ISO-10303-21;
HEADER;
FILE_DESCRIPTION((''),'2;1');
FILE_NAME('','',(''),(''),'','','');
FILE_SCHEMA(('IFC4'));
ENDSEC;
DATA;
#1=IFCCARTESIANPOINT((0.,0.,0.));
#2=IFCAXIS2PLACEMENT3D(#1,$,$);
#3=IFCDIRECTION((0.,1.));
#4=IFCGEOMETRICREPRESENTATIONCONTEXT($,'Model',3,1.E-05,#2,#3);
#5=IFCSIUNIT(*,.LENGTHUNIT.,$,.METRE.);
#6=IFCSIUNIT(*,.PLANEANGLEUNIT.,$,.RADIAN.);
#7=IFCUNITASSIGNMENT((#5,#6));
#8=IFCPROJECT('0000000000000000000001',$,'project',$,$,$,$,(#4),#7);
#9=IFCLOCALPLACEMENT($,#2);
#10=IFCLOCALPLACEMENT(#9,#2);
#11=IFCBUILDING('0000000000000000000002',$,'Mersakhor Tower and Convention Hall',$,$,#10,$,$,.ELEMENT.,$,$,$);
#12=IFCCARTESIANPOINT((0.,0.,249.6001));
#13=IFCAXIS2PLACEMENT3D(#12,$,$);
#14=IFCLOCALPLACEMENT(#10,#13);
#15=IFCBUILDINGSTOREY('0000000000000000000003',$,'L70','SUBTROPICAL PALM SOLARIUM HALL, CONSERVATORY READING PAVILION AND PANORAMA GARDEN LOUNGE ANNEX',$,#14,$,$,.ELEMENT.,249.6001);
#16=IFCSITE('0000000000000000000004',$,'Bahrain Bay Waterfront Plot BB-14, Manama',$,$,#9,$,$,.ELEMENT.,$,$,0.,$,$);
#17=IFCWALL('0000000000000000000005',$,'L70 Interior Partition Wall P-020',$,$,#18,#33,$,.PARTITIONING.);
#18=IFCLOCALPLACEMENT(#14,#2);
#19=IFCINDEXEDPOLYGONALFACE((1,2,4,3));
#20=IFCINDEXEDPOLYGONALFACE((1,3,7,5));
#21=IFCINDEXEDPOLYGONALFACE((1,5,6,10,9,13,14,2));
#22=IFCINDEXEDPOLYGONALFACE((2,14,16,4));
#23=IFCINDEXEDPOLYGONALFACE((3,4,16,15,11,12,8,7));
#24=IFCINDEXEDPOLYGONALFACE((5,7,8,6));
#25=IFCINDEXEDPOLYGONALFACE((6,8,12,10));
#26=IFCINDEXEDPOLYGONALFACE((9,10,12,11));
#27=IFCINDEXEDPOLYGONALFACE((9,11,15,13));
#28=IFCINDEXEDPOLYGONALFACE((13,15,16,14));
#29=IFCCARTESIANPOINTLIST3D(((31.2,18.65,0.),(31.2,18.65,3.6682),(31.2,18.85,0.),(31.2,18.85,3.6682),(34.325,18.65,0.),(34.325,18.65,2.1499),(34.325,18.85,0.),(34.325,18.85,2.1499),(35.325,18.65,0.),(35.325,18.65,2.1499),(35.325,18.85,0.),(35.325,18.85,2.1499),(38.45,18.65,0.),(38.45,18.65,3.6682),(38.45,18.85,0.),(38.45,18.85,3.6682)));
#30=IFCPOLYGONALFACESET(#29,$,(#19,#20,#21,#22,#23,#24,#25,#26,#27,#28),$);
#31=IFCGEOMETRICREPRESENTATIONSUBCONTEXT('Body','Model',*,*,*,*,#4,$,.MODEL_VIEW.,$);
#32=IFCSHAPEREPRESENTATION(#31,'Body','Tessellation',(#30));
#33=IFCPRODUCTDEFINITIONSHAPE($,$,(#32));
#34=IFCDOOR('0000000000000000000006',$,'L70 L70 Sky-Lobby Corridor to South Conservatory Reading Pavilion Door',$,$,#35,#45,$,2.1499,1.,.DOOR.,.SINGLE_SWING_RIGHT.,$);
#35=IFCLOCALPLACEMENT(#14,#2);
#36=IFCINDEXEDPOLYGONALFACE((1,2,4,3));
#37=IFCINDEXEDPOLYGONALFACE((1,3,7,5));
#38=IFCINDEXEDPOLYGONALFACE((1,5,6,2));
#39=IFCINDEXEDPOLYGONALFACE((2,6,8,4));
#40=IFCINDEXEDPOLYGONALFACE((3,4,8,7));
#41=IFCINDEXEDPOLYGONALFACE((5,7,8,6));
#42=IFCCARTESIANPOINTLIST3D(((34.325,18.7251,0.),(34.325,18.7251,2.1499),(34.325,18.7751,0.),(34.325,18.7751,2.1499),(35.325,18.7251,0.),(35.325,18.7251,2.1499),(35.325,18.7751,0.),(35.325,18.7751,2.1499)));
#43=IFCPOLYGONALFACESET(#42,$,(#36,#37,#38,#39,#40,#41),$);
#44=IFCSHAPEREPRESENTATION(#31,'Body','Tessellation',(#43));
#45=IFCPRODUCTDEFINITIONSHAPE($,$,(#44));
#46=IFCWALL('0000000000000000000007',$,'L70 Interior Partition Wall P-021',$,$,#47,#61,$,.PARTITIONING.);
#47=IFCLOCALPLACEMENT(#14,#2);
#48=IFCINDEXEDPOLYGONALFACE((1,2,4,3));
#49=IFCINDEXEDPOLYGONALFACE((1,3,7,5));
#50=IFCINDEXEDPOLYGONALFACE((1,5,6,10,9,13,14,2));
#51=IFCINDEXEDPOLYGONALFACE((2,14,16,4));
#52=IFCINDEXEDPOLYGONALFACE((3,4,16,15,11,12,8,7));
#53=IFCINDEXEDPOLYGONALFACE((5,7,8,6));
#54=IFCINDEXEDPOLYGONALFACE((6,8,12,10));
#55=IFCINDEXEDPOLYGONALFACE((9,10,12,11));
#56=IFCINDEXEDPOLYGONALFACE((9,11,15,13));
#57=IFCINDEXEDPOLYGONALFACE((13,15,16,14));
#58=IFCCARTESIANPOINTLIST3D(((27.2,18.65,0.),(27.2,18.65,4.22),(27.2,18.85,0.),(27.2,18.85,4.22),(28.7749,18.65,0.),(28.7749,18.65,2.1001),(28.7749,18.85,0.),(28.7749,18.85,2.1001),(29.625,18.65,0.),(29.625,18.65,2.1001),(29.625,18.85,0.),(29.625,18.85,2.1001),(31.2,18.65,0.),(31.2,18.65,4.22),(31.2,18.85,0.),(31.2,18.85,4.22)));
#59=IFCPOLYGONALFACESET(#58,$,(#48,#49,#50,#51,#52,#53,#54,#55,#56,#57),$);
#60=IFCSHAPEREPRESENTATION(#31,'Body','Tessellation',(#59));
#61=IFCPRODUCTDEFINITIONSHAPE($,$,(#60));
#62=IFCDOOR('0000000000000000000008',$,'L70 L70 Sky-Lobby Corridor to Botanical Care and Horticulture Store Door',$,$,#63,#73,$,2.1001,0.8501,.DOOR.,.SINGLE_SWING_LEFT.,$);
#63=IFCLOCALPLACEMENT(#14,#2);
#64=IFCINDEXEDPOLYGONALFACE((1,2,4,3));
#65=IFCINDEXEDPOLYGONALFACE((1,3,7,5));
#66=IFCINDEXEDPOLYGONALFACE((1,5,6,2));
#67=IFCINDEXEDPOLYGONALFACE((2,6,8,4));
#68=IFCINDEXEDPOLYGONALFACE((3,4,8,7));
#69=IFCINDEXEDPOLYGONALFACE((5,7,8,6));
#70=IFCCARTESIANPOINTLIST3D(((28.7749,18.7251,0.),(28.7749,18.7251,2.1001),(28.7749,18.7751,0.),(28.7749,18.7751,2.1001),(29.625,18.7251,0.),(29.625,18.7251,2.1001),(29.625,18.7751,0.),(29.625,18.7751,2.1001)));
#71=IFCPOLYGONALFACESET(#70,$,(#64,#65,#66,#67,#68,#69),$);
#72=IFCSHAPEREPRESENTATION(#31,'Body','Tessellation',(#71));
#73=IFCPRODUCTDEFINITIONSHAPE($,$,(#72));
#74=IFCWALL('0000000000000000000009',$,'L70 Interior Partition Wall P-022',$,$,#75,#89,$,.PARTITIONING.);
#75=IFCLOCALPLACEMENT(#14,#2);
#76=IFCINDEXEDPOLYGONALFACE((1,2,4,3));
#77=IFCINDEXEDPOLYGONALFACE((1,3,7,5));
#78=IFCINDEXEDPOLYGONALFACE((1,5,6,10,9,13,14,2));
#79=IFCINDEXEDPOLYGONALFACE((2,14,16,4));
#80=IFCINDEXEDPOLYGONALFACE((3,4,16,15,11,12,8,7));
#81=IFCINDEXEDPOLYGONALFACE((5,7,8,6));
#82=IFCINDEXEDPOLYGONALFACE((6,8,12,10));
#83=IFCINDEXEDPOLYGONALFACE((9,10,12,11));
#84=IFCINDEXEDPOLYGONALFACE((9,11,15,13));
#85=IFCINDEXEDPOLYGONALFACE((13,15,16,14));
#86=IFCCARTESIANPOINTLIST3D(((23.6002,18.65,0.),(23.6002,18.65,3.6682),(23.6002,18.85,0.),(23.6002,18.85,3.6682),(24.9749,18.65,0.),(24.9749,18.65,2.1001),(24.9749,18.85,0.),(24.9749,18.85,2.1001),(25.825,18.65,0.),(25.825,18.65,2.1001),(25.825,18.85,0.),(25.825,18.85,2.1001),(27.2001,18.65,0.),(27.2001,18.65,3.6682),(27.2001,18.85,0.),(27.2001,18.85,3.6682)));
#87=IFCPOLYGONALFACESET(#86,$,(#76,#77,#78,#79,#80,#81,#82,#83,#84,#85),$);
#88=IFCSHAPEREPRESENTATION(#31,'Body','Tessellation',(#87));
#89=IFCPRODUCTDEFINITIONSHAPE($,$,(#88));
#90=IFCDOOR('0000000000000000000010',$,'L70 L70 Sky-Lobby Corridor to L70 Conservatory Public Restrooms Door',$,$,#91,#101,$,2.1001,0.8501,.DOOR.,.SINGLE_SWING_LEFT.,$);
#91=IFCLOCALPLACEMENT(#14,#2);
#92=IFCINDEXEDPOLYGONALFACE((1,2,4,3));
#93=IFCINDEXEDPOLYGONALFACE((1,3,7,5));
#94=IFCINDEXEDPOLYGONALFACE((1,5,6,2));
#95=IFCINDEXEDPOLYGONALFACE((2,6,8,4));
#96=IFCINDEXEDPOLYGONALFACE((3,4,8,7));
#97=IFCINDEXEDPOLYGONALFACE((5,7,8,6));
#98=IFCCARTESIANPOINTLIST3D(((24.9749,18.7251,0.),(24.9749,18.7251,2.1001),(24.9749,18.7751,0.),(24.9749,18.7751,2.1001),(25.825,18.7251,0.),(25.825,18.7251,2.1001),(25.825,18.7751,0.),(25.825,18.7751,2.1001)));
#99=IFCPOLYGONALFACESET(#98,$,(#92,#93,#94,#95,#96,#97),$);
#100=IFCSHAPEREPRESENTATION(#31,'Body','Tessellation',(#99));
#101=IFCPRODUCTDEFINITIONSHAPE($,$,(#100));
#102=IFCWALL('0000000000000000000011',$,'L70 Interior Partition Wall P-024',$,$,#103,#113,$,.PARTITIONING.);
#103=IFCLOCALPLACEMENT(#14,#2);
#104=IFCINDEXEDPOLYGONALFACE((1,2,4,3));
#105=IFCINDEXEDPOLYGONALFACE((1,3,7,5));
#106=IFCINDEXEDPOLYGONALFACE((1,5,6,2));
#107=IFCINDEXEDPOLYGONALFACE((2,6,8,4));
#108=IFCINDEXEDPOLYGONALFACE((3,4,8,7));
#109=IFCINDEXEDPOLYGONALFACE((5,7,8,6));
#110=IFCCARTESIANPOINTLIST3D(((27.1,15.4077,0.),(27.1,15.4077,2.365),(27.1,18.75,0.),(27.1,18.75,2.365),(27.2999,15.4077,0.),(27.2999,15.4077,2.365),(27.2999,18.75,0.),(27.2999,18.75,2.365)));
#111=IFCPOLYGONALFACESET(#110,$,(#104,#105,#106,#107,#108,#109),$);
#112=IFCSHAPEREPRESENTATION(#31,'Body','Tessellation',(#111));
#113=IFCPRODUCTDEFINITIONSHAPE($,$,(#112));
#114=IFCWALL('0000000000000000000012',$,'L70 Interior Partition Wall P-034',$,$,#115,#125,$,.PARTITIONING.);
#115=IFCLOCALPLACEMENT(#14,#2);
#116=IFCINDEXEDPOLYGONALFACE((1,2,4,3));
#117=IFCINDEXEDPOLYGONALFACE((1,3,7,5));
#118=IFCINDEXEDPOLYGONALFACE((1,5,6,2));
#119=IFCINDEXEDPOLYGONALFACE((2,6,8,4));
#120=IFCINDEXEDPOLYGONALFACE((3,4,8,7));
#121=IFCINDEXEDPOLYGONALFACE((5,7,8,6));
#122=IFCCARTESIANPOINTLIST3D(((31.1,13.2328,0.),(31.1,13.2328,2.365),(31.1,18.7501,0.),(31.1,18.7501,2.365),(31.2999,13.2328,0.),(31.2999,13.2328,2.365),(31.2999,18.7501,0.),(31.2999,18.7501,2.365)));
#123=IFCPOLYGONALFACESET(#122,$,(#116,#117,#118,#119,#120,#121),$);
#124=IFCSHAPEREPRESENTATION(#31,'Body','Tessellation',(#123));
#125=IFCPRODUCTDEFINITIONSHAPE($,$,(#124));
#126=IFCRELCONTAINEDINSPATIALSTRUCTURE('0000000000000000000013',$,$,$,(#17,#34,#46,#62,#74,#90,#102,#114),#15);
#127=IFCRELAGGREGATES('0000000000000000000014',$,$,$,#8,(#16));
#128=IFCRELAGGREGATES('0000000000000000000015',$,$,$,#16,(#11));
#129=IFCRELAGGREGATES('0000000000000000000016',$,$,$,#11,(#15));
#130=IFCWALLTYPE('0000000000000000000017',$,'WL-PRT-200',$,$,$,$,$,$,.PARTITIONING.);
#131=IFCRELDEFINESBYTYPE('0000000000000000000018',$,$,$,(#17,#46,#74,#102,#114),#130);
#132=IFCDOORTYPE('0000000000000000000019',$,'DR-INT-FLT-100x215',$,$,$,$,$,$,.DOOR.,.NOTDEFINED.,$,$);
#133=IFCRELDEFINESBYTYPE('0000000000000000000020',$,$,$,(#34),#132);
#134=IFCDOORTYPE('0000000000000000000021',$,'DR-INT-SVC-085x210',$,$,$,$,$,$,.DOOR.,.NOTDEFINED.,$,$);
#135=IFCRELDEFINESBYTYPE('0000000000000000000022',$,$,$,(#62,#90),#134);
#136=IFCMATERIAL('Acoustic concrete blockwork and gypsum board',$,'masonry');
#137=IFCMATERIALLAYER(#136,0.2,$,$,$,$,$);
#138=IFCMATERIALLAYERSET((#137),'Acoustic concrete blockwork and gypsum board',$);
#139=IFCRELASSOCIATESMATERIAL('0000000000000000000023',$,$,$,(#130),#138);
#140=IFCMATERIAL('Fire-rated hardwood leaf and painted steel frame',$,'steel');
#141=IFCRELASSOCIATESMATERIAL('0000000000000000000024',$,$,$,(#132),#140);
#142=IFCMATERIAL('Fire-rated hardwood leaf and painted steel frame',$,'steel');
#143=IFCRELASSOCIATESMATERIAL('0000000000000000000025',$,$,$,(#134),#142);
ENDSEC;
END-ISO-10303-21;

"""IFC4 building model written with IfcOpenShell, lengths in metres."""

from ifc_helpers import new_model, si_unit, direction, frame, frame_2d, origin, place, context, subcontext, project, spatial, rectangle, extrude, material, layer, layer_set, type_object, element, fill, save


model = new_model("IFC4")

# Units and contexts
model_context = context("Model", 3, precision=1e-05, world=origin(), true_north=direction((0.0, 1.0)))
body_context = subcontext(model_context, "Body", "Model", "MODEL_VIEW")
ifc_project = project(units=[si_unit("LENGTHUNIT", "METRE"), si_unit("PLANEANGLEUNIT", "RADIAN")], contexts=[model_context])

# Site, building, storey
site_placement = place(None, origin())
site = spatial("IfcSite", under=ifc_project, at=site_placement, Name="Bahrain Bay Waterfront Plot BB-14, Manama", CompositionType="ELEMENT", RefElevation=0.0)
building_placement = place(site_placement, origin())
building = spatial("IfcBuilding", under=site, at=building_placement, Name="Mersakhor Tower and Convention Hall", CompositionType="ELEMENT")
storey_placement = place(building_placement, frame((0.0, 0.0, 249.6001)))
storey = spatial("IfcBuildingStorey", under=building, at=storey_placement, Name="L70", Description="SUBTROPICAL PALM SOLARIUM HALL, CONSERVATORY READING PAVILION AND PANORAMA GARDEN LOUNGE ANNEX", CompositionType="ELEMENT", Elevation=249.6001)

# Walls, openings, doors
ifc_material_1 = material(Name="Acoustic concrete blockwork and gypsum board", Category="masonry")
ifc_layer_1 = layer(ifc_material_1, 0.2)
ifc_layer_set_1 = layer_set([ifc_layer_1], Name="Acoustic concrete blockwork and gypsum board")
wall_type_1 = type_object("IfcWallType", Name="WL-PRT-200", PredefinedType="PARTITIONING", material=ifc_layer_set_1)
wall_1_placement = place(storey_placement, frame((38.45, 18.75, 0.0), z_axis=(0.0, 0.0, 1.0), x_axis=(-1.0, 0.0, 0.0)))
wall_1 = element("IfcWall", 1, at=wall_1_placement, inside=storey, type_object=wall_type_1, Name="L70 Interior Partition Wall P-020", PredefinedType="PARTITIONING", context=body_context, shape_type="SweptSolid", body=[
    extrude(rectangle(XDim=7.25, YDim=0.2, at=frame_2d((3.625, 0.0))), origin(), (0.0, 0.0, 1.0), 3.6682),
])
opening_1_placement = place(wall_1_placement, frame((3.125, 0.0, 0.0)))
opening_1 = element("IfcOpeningElement", 2, at=opening_1_placement, cuts=wall_1, PredefinedType="OPENING", context=body_context, shape_type="SweptSolid", body=[
    extrude(rectangle(XDim=1.0, YDim=2.1499, at=frame_2d((0.5, 1.075))), frame((0.0, 0.1099, 0.0), z_axis=(0.0, -1.0, 0.0), x_axis=(1.0, 0.0, 0.0)), (0.0, 0.0, 1.0), 0.22),
])
ifc_material_2 = material(Name="Fire-rated hardwood leaf and painted steel frame", Category="steel")
door_type_1 = type_object("IfcDoorType", Name="DR-INT-FLT-100x215", OperationType="NOTDEFINED", PredefinedType="DOOR", material=ifc_material_2)
door_1_placement = place(opening_1_placement, origin())
door_1 = element("IfcDoor", 3, at=door_1_placement, inside=storey, type_object=door_type_1, Name="L70 L70 Sky-Lobby Corridor to South Conservatory Reading Pavilion Door", OperationType="SINGLE_SWING_RIGHT", OverallHeight=2.1499, OverallWidth=1.0, PredefinedType="DOOR", context=body_context, shape_type="SweptSolid", body=[
    extrude(rectangle(XDim=1.0, YDim=2.1499, at=frame_2d((0.5, 1.075))), frame((0.0, 0.0249, 0.0), z_axis=(0.0, -1.0, 0.0), x_axis=(1.0, 0.0, 0.0)), (0.0, 0.0, 1.0), 0.05),
])
fill(opening_1, door_1)
wall_2_placement = place(storey_placement, frame((31.2, 18.75, 0.0), z_axis=(0.0, 0.0, 1.0), x_axis=(-1.0, 0.0, 0.0)))
wall_2 = element("IfcWall", 4, at=wall_2_placement, inside=storey, type_object=wall_type_1, Name="L70 Interior Partition Wall P-021", PredefinedType="PARTITIONING", context=body_context, shape_type="SweptSolid", body=[
    extrude(rectangle(XDim=4.0, YDim=0.2, at=frame_2d((2.0, 0.0))), origin(), (0.0, 0.0, 1.0), 4.22),
])
opening_2_placement = place(wall_2_placement, frame((1.575, 0.0, 0.0)))
opening_2 = element("IfcOpeningElement", 5, at=opening_2_placement, cuts=wall_2, PredefinedType="OPENING", context=body_context, shape_type="SweptSolid", body=[
    extrude(rectangle(XDim=0.8501, YDim=2.1001, at=frame_2d((0.425, 1.05))), frame((0.0, 0.1099, 0.0), z_axis=(0.0, -1.0, 0.0), x_axis=(1.0, 0.0, 0.0)), (0.0, 0.0, 1.0), 0.22),
])
ifc_material_3 = material(Name="Fire-rated hardwood leaf and painted steel frame", Category="steel")
door_type_2 = type_object("IfcDoorType", Name="DR-INT-SVC-085x210", OperationType="NOTDEFINED", PredefinedType="DOOR", material=ifc_material_3)
door_2_placement = place(opening_2_placement, origin())
door_2 = element("IfcDoor", 6, at=door_2_placement, inside=storey, type_object=door_type_2, Name="L70 L70 Sky-Lobby Corridor to Botanical Care and Horticulture Store Door", OperationType="SINGLE_SWING_LEFT", OverallHeight=2.1001, OverallWidth=0.8501, PredefinedType="DOOR", context=body_context, shape_type="SweptSolid", body=[
    extrude(rectangle(XDim=0.8501, YDim=2.1001, at=frame_2d((0.425, 1.05))), frame((0.0, 0.0249, 0.0), z_axis=(0.0, -1.0, 0.0), x_axis=(1.0, 0.0, 0.0)), (0.0, 0.0, 1.0), 0.05),
])
fill(opening_2, door_2)
wall_3_placement = place(storey_placement, frame((27.2, 18.75, 0.0), z_axis=(0.0, 0.0, 1.0), x_axis=(-1.0, 0.0, 0.0)))
wall_3 = element("IfcWall", 7, at=wall_3_placement, inside=storey, type_object=wall_type_1, Name="L70 Interior Partition Wall P-022", PredefinedType="PARTITIONING", context=body_context, shape_type="SweptSolid", body=[
    extrude(rectangle(XDim=3.5999, YDim=0.2, at=frame_2d((1.7998, 0.0))), origin(), (0.0, 0.0, 1.0), 3.6682),
])
opening_3_placement = place(wall_3_placement, frame((1.375, 0.0, 0.0)))
opening_3 = element("IfcOpeningElement", 8, at=opening_3_placement, cuts=wall_3, PredefinedType="OPENING", context=body_context, shape_type="SweptSolid", body=[
    extrude(rectangle(XDim=0.8501, YDim=2.1001, at=frame_2d((0.425, 1.05))), frame((0.0, 0.1099, 0.0), z_axis=(0.0, -1.0, 0.0), x_axis=(1.0, 0.0, 0.0)), (0.0, 0.0, 1.0), 0.22),
])
door_3_placement = place(opening_3_placement, origin())
door_3 = element("IfcDoor", 9, at=door_3_placement, inside=storey, type_object=door_type_2, Name="L70 L70 Sky-Lobby Corridor to L70 Conservatory Public Restrooms Door", OperationType="SINGLE_SWING_LEFT", OverallHeight=2.1001, OverallWidth=0.8501, PredefinedType="DOOR", context=body_context, shape_type="SweptSolid", body=[
    extrude(rectangle(XDim=0.8501, YDim=2.1001, at=frame_2d((0.425, 1.05))), frame((0.0, 0.0249, 0.0), z_axis=(0.0, -1.0, 0.0), x_axis=(1.0, 0.0, 0.0)), (0.0, 0.0, 1.0), 0.05),
])
fill(opening_3, door_3)

# Walls
wall_4_placement = place(storey_placement, frame((27.2, 18.75, 0.0), z_axis=(0.0, 0.0, 1.0), x_axis=(0.0, -1.0, 0.0)))
element("IfcWall", 10, at=wall_4_placement, inside=storey, type_object=wall_type_1, Name="L70 Interior Partition Wall P-024", PredefinedType="PARTITIONING", context=body_context, shape_type="SweptSolid", body=[
    extrude(rectangle(XDim=3.3423, YDim=0.2, at=frame_2d((1.6711, 0.0))), origin(), (0.0, 0.0, 1.0), 2.365),
])
wall_5_placement = place(storey_placement, frame((31.2, 13.2327, 0.0), z_axis=(0.0, 0.0, 1.0), x_axis=(0.0, 1.0, 0.0)))
element("IfcWall", 11, at=wall_5_placement, inside=storey, type_object=wall_type_1, Name="L70 Interior Partition Wall P-034", PredefinedType="PARTITIONING", context=body_context, shape_type="SweptSolid", body=[
    extrude(rectangle(XDim=5.5173, YDim=0.2, at=frame_2d((2.7588, 0.0))), origin(), (0.0, 0.0, 1.0), 2.365),
])

save(model, "model.ifc")
